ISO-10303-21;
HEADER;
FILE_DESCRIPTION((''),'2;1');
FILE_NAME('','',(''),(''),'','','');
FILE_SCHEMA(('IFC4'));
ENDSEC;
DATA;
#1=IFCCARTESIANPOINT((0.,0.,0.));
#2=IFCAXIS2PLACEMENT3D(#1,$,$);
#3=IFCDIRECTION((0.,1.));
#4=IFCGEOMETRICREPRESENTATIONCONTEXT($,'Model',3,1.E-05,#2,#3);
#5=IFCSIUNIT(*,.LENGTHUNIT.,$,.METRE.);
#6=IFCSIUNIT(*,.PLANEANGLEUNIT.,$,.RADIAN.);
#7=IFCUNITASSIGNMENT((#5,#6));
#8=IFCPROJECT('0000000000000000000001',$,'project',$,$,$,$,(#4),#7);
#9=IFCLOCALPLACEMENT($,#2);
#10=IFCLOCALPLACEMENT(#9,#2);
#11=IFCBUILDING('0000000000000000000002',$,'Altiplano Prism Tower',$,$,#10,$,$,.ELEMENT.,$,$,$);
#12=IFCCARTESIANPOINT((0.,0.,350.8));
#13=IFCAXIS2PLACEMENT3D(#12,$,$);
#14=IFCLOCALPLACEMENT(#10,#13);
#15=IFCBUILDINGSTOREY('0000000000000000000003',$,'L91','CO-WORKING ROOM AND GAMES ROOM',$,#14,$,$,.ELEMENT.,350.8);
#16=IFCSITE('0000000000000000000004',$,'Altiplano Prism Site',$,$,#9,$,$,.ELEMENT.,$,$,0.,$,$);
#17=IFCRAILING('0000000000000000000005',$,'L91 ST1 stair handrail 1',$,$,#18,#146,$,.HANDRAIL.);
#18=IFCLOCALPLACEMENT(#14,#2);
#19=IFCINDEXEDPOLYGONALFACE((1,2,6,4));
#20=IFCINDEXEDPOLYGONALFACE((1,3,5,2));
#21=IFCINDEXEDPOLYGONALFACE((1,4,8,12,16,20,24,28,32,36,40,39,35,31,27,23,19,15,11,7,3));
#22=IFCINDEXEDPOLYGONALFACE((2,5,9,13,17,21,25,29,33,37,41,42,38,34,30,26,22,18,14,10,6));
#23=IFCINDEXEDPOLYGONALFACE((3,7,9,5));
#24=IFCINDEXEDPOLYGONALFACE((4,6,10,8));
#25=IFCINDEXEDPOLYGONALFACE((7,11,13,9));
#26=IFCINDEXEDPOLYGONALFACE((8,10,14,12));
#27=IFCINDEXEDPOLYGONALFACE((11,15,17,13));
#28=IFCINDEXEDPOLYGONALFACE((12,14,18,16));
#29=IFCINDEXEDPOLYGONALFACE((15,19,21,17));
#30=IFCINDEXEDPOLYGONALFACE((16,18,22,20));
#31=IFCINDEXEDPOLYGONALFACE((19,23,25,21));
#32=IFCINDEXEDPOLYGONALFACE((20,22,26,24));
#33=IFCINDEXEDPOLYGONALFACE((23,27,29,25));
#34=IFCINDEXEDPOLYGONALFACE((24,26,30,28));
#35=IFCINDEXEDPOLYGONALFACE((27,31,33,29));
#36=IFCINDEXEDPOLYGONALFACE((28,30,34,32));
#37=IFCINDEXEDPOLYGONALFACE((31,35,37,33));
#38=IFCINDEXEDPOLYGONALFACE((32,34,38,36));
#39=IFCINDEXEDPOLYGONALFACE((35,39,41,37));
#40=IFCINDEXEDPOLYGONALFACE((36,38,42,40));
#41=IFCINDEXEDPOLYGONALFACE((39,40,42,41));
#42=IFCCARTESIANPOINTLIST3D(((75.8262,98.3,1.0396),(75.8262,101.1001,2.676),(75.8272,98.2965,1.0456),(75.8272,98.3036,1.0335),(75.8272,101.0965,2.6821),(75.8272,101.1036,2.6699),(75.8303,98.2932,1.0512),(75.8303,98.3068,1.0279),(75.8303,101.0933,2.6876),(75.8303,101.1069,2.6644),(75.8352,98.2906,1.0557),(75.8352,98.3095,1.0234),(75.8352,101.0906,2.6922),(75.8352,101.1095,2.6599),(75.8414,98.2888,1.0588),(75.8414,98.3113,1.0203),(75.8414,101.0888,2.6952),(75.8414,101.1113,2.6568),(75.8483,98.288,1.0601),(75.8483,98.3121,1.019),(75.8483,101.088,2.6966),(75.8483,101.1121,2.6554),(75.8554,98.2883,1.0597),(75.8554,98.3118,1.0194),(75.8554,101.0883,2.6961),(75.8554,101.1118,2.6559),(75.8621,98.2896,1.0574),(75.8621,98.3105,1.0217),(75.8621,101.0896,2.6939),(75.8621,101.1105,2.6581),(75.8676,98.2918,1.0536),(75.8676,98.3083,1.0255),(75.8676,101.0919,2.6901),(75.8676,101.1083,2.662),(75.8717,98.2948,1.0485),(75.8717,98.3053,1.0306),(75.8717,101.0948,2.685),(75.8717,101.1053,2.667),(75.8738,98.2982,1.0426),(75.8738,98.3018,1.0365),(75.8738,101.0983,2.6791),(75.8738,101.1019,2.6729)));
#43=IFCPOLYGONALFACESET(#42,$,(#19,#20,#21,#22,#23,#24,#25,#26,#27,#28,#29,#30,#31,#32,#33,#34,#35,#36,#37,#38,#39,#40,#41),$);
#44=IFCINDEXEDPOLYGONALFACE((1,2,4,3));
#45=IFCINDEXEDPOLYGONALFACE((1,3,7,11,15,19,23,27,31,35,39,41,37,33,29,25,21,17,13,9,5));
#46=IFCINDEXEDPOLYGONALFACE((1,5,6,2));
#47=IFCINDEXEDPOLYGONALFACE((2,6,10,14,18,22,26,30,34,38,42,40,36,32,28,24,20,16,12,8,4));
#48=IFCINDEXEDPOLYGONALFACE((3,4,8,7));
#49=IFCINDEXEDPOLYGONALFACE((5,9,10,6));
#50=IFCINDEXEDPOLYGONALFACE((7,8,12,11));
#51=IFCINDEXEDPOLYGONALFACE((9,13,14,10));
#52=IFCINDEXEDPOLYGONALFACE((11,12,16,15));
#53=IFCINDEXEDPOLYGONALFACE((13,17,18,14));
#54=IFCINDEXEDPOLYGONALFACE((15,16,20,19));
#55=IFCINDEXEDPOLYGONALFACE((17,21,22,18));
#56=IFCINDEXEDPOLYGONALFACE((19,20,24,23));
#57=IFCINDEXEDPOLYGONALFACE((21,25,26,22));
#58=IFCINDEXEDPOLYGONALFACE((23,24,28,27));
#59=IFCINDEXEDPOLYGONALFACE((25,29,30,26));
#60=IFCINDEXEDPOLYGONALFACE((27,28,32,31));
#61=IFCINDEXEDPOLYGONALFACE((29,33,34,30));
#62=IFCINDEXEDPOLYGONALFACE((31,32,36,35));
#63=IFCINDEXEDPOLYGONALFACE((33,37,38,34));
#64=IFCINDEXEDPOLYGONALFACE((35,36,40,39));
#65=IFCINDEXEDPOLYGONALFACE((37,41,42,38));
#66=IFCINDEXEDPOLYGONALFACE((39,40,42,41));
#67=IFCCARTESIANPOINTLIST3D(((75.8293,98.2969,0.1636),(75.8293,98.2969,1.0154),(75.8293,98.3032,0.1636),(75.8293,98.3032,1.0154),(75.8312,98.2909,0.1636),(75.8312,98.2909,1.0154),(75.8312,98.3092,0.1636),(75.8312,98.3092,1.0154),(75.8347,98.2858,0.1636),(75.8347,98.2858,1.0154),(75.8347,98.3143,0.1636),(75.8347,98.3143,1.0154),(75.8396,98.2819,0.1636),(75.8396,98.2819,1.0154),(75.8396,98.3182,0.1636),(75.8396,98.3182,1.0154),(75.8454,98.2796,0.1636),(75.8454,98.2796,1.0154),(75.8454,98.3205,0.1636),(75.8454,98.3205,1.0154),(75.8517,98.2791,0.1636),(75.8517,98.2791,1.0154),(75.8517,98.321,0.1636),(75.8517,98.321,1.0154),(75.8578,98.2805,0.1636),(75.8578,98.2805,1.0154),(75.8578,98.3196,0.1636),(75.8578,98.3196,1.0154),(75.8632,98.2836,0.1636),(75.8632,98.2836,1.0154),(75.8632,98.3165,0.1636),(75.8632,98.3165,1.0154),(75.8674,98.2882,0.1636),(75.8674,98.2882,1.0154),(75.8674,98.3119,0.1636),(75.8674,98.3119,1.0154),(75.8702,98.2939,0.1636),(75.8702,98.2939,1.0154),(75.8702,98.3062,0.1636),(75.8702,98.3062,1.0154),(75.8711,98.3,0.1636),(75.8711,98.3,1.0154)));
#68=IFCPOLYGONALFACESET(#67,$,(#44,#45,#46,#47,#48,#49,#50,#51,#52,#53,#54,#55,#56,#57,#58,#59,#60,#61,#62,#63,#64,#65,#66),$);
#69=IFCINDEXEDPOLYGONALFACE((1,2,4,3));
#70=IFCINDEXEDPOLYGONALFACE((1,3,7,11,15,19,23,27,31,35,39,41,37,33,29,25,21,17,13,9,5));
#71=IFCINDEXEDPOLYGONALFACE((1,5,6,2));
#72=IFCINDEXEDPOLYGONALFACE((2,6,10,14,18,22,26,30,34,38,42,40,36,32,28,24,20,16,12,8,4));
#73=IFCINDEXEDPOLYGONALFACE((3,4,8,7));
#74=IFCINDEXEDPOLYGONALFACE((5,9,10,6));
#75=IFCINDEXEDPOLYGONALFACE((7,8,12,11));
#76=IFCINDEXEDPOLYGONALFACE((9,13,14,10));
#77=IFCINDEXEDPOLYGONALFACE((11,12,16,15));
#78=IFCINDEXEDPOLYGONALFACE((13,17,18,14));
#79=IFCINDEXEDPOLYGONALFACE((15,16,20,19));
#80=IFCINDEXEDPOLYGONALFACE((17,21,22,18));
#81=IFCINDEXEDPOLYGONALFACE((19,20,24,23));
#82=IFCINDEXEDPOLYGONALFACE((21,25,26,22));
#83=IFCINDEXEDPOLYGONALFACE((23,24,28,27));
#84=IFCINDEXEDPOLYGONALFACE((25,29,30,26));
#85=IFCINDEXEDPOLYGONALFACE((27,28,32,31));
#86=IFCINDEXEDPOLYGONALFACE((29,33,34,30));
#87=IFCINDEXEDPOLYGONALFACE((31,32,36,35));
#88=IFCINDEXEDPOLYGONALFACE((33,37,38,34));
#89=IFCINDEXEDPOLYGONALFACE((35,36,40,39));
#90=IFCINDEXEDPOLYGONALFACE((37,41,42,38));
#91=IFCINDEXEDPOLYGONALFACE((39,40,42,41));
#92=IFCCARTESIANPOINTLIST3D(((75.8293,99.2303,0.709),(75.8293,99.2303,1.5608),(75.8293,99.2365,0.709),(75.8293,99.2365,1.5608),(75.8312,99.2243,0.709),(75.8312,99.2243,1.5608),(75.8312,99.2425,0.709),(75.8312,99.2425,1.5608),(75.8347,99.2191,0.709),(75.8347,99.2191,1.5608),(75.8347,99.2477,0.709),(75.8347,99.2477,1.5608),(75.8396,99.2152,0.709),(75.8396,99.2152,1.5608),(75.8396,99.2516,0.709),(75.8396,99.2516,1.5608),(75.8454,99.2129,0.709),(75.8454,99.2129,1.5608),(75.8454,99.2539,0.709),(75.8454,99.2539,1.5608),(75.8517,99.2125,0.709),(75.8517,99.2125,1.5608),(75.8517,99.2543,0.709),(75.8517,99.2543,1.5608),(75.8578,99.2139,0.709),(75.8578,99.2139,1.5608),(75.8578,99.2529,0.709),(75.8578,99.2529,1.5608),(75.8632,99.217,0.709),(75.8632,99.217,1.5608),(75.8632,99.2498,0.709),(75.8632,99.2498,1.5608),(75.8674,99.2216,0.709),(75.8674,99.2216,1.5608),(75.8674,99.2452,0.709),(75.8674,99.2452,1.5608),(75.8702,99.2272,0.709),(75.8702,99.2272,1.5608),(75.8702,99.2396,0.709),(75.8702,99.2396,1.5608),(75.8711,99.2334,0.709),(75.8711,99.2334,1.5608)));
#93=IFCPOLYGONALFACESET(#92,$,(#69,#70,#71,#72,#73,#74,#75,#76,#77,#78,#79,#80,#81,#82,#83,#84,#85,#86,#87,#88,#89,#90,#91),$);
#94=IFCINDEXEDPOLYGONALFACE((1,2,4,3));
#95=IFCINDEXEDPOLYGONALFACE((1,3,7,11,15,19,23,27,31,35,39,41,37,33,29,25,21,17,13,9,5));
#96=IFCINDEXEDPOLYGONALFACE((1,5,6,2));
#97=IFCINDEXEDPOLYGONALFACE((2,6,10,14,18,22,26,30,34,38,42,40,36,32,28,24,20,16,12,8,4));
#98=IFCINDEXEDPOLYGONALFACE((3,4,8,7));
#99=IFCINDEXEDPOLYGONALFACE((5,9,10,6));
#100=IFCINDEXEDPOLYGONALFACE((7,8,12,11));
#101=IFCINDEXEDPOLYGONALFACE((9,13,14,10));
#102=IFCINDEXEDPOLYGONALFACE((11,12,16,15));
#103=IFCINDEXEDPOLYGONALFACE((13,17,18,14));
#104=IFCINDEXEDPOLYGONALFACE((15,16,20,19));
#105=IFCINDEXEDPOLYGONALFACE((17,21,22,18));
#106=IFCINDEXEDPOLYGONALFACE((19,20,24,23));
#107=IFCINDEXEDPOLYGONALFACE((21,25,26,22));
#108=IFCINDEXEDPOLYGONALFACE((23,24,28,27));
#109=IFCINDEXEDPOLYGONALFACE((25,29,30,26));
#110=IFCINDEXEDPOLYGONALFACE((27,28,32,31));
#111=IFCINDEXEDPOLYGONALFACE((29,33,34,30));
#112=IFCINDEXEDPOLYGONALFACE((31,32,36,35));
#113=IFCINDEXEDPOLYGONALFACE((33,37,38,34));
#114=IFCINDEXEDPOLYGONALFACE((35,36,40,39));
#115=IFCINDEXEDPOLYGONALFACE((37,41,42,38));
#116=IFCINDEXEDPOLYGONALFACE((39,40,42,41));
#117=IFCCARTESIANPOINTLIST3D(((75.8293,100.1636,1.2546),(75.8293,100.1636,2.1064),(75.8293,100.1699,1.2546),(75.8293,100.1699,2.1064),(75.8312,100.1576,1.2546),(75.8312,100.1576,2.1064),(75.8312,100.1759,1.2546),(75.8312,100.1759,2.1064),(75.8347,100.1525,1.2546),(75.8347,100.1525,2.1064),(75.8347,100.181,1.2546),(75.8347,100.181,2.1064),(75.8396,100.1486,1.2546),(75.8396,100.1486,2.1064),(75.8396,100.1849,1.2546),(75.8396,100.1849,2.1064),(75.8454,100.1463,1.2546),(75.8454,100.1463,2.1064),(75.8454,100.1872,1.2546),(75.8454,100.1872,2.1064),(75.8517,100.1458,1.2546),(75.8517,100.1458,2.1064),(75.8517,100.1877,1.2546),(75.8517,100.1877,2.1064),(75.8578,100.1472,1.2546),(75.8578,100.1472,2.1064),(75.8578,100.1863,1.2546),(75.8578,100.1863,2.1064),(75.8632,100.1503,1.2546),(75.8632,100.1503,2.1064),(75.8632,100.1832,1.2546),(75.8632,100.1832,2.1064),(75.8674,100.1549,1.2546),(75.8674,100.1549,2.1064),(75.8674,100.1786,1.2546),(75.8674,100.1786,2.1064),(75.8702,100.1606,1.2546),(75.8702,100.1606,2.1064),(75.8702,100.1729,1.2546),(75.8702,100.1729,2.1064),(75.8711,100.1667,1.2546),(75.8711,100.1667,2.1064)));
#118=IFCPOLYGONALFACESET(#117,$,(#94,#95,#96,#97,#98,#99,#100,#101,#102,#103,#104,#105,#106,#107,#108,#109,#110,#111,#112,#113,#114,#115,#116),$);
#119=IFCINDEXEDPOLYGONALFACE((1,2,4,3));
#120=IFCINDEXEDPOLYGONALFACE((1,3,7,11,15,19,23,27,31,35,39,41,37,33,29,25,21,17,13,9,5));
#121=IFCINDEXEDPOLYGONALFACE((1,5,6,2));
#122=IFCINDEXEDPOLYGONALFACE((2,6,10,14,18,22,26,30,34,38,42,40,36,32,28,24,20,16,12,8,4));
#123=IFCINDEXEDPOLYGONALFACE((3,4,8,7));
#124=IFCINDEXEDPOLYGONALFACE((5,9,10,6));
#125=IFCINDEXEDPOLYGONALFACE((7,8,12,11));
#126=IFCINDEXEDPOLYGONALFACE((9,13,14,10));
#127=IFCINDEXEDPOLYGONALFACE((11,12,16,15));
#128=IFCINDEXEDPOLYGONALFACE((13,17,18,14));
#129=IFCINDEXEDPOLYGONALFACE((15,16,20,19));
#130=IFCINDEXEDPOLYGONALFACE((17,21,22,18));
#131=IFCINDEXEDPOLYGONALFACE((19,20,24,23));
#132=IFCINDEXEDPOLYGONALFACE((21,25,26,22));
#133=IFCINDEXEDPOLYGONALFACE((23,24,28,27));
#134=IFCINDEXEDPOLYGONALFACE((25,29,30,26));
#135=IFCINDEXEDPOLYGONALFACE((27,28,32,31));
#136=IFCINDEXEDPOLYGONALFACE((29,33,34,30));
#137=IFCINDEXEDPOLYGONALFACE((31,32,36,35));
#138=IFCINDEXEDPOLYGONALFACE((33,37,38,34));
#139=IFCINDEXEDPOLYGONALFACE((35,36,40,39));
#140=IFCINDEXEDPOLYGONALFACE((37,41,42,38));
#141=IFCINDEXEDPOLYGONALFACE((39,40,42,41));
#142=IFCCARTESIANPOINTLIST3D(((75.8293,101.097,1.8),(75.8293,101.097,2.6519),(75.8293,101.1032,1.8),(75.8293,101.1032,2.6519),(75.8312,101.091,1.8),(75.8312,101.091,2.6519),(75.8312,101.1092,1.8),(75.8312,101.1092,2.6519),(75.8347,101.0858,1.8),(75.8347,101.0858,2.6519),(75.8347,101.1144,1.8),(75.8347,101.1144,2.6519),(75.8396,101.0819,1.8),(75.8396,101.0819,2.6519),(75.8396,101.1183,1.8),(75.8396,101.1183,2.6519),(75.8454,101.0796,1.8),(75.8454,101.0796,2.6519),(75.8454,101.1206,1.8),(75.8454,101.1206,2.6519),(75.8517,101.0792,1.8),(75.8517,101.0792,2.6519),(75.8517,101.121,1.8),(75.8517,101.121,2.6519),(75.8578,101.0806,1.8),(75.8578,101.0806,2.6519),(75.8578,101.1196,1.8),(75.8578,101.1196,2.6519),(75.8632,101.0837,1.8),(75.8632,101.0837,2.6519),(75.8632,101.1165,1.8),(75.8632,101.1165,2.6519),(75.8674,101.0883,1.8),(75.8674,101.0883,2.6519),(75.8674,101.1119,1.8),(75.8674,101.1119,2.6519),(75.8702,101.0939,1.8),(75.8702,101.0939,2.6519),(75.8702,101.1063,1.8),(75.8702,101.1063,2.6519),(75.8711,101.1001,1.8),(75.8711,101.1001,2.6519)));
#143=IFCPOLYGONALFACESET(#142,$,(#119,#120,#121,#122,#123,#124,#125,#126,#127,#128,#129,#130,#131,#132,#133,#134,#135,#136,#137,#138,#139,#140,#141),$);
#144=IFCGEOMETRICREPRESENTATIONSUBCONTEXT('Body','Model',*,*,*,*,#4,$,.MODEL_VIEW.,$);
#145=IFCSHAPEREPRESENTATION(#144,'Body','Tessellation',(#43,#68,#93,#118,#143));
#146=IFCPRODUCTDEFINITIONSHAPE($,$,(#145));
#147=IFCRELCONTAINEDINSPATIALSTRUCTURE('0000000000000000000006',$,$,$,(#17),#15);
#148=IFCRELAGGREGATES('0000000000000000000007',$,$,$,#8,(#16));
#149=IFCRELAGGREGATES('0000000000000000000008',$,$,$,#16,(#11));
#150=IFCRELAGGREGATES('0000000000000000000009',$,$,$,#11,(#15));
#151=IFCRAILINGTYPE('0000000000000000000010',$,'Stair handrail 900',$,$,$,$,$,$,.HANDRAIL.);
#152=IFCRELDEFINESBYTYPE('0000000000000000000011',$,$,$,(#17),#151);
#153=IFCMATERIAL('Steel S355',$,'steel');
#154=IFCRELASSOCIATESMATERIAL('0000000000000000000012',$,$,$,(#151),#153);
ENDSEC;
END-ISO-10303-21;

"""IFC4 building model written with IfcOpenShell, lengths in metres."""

from ifc_helpers import new_model, si_unit, direction, frame, origin, origin_2d, place, context, subcontext, project, spatial, circle, extrude, material, type_object, element, save


model = new_model("IFC4")

# Units and contexts
model_context = context("Model", 3, precision=1e-05, world=origin(), true_north=direction((0.0, 1.0)))
body_context = subcontext(model_context, "Body", "Model", "MODEL_VIEW")
ifc_project = project(units=[si_unit("LENGTHUNIT", "METRE"), si_unit("PLANEANGLEUNIT", "RADIAN")], contexts=[model_context])

# Site, building, storey
site_placement = place(None, origin())
site = spatial("IfcSite", under=ifc_project, at=site_placement, Name="Altiplano Prism Site", CompositionType="ELEMENT", RefElevation=0.0)
building_placement = place(site_placement, origin())
building = spatial("IfcBuilding", under=site, at=building_placement, Name="Altiplano Prism Tower", CompositionType="ELEMENT")
storey_placement = place(building_placement, frame((0.0, 0.0, 350.8)))
storey = spatial("IfcBuildingStorey", under=building, at=storey_placement, Name="L91", Description="CO-WORKING ROOM AND GAMES ROOM", CompositionType="ELEMENT", Elevation=350.8)

# Railing
ifc_material_1 = material(Name="Steel S355", Category="steel")
railing_type_1 = type_object("IfcRailingType", Name="Stair handrail 900", PredefinedType="HANDRAIL", material=ifc_material_1)
railing_1_placement = place(storey_placement, frame((75.8501, 98.3, 0.1636)))
element("IfcRailing", 1, at=railing_1_placement, inside=storey, type_object=railing_type_1, Name="L91 ST1 stair handrail 1", PredefinedType="HANDRAIL", context=body_context, shape_type="SweptSolid", body=[
    extrude(circle(Radius=0.0239, at=origin_2d()), frame((0.0, 0.0, 0.876), z_axis=(0.0, 0.863361, 0.504587), x_axis=(-1.0, 0.0, 0.0)), (0.0, 0.0, 1.0), 3.2432),
    extrude(circle(Radius=0.021, at=origin_2d()), origin(), (0.0, 0.0, 1.0), 0.8518),
    extrude(circle(Radius=0.021, at=origin_2d()), frame((0.0, 0.9333, 0.5454)), (0.0, 0.0, 1.0), 0.8518),
    extrude(circle(Radius=0.021, at=origin_2d()), frame((0.0, 1.8667, 1.0911)), (0.0, 0.0, 1.0), 0.8518),
    extrude(circle(Radius=0.021, at=origin_2d()), frame((0.0, 2.8, 1.6365)), (0.0, 0.0, 1.0), 0.8518),
])

save(model, "model.ifc")
